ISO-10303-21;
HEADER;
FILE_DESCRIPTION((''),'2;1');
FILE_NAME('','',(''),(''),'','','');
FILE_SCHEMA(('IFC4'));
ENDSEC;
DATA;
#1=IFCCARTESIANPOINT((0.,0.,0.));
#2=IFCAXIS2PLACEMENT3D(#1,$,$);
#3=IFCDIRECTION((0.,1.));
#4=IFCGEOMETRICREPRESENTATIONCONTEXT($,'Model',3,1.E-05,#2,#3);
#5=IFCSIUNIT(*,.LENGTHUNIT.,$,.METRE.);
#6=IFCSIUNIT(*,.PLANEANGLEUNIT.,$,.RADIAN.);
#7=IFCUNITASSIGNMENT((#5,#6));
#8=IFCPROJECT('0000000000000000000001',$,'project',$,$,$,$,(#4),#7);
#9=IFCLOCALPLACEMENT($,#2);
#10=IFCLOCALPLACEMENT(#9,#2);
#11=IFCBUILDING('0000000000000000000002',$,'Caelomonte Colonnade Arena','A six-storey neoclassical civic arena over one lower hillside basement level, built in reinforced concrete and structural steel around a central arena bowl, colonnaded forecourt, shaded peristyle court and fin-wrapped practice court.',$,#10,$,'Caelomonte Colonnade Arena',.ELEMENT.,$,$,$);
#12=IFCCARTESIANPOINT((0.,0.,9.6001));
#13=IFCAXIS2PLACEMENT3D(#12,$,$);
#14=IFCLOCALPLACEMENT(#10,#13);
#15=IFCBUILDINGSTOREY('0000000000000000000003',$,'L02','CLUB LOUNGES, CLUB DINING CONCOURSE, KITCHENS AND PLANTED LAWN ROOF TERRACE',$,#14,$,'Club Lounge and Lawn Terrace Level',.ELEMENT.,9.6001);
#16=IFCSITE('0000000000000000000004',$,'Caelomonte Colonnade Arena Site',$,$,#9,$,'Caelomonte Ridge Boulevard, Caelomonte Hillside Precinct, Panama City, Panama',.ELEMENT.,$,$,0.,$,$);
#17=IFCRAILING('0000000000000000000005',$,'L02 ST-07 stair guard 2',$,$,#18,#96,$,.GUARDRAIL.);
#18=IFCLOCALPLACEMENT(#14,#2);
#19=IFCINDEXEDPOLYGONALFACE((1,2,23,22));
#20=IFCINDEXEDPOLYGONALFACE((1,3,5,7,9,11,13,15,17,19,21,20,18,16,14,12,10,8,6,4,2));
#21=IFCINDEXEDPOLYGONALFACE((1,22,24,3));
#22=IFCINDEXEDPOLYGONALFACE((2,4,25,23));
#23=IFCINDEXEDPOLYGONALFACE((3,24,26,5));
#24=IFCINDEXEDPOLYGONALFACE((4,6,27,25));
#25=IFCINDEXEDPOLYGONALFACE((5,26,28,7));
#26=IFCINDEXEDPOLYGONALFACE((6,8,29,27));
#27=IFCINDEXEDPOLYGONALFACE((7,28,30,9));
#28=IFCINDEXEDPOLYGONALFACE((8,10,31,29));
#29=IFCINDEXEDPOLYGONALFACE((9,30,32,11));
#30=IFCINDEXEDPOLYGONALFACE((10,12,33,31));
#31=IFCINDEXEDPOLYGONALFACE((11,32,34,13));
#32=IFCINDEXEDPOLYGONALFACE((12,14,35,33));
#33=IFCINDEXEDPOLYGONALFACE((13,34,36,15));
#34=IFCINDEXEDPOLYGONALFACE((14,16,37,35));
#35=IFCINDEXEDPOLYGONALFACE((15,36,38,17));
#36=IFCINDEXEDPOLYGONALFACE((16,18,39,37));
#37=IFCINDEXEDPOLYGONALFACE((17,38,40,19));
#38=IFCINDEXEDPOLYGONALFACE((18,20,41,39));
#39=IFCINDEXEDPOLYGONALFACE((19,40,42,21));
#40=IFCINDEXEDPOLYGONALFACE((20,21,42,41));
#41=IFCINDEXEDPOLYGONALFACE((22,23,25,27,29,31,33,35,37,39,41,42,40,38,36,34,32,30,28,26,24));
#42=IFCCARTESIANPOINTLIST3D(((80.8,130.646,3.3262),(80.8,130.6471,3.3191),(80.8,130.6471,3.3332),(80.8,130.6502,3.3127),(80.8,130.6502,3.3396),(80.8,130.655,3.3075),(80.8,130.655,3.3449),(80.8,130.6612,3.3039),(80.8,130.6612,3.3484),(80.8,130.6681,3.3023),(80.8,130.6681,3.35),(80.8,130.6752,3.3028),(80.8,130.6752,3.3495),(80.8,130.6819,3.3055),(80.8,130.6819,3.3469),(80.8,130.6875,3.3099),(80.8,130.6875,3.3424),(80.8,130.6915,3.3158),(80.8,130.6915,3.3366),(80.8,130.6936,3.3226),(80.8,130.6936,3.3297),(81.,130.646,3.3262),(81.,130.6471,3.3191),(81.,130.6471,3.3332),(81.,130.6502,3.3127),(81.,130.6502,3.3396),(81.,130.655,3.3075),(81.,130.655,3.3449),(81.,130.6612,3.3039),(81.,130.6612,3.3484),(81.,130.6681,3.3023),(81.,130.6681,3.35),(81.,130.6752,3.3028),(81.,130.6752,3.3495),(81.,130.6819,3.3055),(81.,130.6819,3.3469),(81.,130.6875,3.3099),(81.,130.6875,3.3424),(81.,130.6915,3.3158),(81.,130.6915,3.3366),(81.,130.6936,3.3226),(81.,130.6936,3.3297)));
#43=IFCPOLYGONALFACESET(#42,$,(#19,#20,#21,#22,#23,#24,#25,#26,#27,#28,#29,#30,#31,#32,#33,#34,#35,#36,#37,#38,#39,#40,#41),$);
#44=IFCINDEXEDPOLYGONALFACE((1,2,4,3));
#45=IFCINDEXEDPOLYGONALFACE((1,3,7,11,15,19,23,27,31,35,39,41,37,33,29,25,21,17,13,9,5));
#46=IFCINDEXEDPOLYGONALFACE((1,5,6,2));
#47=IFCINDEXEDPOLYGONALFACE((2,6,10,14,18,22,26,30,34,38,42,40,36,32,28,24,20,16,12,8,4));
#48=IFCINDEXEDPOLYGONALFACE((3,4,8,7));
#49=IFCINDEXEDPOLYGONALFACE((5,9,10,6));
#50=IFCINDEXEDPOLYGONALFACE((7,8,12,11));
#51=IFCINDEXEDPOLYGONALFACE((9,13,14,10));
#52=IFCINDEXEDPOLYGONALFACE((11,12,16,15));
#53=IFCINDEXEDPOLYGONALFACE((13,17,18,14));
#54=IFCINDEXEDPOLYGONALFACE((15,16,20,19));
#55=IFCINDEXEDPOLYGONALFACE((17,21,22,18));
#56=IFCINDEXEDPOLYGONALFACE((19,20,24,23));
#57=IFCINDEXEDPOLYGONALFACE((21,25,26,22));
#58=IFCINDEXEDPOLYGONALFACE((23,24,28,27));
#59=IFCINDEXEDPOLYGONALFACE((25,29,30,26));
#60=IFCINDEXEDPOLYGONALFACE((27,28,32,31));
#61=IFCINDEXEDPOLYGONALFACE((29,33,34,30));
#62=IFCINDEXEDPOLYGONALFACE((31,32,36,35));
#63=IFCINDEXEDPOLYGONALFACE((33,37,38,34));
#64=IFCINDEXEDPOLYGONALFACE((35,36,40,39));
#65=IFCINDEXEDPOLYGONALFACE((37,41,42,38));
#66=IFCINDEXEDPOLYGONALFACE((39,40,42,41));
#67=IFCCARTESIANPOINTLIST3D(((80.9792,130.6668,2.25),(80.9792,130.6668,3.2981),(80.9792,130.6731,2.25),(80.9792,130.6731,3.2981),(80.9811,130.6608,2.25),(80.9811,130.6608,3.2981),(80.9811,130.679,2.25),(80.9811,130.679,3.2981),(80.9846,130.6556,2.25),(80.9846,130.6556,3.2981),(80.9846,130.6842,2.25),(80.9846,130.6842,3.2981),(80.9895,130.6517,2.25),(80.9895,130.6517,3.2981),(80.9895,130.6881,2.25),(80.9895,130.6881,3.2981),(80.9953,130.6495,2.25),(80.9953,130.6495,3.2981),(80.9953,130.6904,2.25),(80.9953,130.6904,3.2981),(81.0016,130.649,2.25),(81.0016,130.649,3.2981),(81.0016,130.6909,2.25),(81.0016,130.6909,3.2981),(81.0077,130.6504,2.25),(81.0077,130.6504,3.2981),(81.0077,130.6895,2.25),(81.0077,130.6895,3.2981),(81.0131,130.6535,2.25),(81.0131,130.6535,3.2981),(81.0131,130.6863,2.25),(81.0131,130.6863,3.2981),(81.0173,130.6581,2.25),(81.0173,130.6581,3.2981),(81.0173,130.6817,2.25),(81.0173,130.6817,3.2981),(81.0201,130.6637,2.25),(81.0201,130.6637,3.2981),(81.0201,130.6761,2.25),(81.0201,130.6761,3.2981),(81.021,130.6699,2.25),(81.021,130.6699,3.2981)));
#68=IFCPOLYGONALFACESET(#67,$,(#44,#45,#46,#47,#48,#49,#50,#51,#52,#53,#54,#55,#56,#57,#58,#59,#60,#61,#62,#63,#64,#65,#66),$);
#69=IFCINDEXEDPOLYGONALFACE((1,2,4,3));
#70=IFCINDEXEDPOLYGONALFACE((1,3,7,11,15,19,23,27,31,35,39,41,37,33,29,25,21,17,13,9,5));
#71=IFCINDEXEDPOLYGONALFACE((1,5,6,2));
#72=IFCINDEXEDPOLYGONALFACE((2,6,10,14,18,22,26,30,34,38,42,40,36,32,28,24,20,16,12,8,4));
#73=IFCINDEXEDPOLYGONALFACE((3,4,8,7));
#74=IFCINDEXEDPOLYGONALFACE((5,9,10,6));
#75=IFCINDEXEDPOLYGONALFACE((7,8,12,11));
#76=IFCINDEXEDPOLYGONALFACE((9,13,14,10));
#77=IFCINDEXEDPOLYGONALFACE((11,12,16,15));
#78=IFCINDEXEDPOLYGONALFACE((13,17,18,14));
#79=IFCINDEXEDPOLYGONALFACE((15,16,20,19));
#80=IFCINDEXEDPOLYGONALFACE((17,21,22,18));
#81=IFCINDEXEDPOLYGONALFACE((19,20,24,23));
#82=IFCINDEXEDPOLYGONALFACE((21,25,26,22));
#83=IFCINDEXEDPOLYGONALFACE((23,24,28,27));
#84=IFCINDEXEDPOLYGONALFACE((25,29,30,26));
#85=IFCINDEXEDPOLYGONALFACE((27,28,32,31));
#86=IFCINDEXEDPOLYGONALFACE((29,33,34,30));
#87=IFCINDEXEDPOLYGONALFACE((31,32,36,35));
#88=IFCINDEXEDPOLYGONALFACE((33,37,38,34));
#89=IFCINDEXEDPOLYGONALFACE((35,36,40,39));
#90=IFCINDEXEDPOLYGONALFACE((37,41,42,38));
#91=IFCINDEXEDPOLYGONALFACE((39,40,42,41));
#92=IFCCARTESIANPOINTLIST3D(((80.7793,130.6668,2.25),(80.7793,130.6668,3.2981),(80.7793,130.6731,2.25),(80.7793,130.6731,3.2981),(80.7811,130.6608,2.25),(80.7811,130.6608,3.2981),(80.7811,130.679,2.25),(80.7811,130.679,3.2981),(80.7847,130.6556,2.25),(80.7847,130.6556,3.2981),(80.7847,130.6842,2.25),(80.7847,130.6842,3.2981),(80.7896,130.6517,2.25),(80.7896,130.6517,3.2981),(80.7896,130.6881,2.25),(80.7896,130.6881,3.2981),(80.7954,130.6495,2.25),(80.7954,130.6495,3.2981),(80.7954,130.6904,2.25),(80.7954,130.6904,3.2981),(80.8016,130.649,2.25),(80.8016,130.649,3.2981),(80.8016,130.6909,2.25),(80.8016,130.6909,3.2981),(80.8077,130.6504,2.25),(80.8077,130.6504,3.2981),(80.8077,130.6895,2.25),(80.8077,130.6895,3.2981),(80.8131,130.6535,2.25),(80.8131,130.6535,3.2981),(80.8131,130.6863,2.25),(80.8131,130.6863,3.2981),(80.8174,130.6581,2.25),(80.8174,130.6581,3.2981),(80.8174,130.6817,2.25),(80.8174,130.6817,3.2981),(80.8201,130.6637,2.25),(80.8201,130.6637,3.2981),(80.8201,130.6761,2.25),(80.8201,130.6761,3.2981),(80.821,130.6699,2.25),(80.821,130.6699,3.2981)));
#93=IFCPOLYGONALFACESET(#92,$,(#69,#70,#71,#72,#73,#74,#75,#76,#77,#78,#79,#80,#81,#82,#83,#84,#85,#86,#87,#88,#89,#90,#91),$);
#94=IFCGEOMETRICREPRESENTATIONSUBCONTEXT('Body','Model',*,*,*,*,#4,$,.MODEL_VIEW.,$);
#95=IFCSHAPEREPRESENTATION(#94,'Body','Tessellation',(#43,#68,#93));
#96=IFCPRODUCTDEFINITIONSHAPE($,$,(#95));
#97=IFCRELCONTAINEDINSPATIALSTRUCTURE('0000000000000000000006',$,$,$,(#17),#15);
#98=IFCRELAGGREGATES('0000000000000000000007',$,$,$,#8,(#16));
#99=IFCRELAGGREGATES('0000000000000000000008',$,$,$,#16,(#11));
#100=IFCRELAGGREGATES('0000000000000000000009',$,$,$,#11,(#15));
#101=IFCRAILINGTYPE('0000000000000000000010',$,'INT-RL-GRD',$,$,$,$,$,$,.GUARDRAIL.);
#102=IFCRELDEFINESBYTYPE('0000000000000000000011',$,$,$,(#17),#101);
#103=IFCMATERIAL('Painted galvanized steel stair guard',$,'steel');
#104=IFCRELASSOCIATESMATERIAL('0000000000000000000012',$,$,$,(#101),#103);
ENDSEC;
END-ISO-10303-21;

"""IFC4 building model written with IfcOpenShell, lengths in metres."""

from ifc_helpers import new_model, si_unit, direction, frame, origin, origin_2d, place, context, subcontext, project, spatial, circle, extrude, material, type_object, element, save


model = new_model("IFC4")

# Units and contexts
model_context = context("Model", 3, precision=1e-05, world=origin(), true_north=direction((0.0, 1.0)))
body_context = subcontext(model_context, "Body", "Model", "MODEL_VIEW")
ifc_project = project(units=[si_unit("LENGTHUNIT", "METRE"), si_unit("PLANEANGLEUNIT", "RADIAN")], contexts=[model_context])

# Site, building, storey
site_placement = place(None, origin())
site = spatial("IfcSite", under=ifc_project, at=site_placement, Name="Caelomonte Colonnade Arena Site", LongName="Caelomonte Ridge Boulevard, Caelomonte Hillside Precinct, Panama City, Panama", CompositionType="ELEMENT", RefElevation=0.0)
building_placement = place(site_placement, origin())
building = spatial("IfcBuilding", under=site, at=building_placement, Name="Caelomonte Colonnade Arena", Description="A six-storey neoclassical civic arena over one lower hillside basement level, built in reinforced concrete and structural steel around a central arena bowl, colonnaded forecourt, shaded peristyle court and fin-wrapped practice court.", LongName="Caelomonte Colonnade Arena", CompositionType="ELEMENT")
storey_placement = place(building_placement, frame((0.0, 0.0, 9.6001)))
storey = spatial("IfcBuildingStorey", under=building, at=storey_placement, Name="L02", Description="CLUB LOUNGES, CLUB DINING CONCOURSE, KITCHENS AND PLANTED LAWN ROOF TERRACE", LongName="Club Lounge and Lawn Terrace Level", CompositionType="ELEMENT", Elevation=9.6001)

# Railing
ifc_material_1 = material(Name="Painted galvanized steel stair guard", Category="steel")
railing_type_1 = type_object("IfcRailingType", Name="INT-RL-GRD", PredefinedType="GUARDRAIL", material=ifc_material_1)
railing_1_placement = place(storey_placement, frame((81.0, 130.6699, 2.25)))
element("IfcRailing", 1, at=railing_1_placement, inside=storey, type_object=railing_type_1, Name="L02 ST-07 stair guard 2", PredefinedType="GUARDRAIL", context=body_context, shape_type="SweptSolid", body=[
    extrude(circle(Radius=0.0239, at=origin_2d()), frame((0.0, 0.0, 1.0762), z_axis=(-1.0, 0.0, 0.0), x_axis=(0.0, -1.0, 0.0)), (0.0, 0.0, 1.0), 0.2),
    extrude(circle(Radius=0.021, at=origin_2d()), origin(), (0.0, 0.0, 1.0), 1.0481),
    extrude(circle(Radius=0.021, at=origin_2d()), frame((-0.2, 0.0, 0.0)), (0.0, 0.0, 1.0), 1.0481),
])

save(model, "model.ifc")
